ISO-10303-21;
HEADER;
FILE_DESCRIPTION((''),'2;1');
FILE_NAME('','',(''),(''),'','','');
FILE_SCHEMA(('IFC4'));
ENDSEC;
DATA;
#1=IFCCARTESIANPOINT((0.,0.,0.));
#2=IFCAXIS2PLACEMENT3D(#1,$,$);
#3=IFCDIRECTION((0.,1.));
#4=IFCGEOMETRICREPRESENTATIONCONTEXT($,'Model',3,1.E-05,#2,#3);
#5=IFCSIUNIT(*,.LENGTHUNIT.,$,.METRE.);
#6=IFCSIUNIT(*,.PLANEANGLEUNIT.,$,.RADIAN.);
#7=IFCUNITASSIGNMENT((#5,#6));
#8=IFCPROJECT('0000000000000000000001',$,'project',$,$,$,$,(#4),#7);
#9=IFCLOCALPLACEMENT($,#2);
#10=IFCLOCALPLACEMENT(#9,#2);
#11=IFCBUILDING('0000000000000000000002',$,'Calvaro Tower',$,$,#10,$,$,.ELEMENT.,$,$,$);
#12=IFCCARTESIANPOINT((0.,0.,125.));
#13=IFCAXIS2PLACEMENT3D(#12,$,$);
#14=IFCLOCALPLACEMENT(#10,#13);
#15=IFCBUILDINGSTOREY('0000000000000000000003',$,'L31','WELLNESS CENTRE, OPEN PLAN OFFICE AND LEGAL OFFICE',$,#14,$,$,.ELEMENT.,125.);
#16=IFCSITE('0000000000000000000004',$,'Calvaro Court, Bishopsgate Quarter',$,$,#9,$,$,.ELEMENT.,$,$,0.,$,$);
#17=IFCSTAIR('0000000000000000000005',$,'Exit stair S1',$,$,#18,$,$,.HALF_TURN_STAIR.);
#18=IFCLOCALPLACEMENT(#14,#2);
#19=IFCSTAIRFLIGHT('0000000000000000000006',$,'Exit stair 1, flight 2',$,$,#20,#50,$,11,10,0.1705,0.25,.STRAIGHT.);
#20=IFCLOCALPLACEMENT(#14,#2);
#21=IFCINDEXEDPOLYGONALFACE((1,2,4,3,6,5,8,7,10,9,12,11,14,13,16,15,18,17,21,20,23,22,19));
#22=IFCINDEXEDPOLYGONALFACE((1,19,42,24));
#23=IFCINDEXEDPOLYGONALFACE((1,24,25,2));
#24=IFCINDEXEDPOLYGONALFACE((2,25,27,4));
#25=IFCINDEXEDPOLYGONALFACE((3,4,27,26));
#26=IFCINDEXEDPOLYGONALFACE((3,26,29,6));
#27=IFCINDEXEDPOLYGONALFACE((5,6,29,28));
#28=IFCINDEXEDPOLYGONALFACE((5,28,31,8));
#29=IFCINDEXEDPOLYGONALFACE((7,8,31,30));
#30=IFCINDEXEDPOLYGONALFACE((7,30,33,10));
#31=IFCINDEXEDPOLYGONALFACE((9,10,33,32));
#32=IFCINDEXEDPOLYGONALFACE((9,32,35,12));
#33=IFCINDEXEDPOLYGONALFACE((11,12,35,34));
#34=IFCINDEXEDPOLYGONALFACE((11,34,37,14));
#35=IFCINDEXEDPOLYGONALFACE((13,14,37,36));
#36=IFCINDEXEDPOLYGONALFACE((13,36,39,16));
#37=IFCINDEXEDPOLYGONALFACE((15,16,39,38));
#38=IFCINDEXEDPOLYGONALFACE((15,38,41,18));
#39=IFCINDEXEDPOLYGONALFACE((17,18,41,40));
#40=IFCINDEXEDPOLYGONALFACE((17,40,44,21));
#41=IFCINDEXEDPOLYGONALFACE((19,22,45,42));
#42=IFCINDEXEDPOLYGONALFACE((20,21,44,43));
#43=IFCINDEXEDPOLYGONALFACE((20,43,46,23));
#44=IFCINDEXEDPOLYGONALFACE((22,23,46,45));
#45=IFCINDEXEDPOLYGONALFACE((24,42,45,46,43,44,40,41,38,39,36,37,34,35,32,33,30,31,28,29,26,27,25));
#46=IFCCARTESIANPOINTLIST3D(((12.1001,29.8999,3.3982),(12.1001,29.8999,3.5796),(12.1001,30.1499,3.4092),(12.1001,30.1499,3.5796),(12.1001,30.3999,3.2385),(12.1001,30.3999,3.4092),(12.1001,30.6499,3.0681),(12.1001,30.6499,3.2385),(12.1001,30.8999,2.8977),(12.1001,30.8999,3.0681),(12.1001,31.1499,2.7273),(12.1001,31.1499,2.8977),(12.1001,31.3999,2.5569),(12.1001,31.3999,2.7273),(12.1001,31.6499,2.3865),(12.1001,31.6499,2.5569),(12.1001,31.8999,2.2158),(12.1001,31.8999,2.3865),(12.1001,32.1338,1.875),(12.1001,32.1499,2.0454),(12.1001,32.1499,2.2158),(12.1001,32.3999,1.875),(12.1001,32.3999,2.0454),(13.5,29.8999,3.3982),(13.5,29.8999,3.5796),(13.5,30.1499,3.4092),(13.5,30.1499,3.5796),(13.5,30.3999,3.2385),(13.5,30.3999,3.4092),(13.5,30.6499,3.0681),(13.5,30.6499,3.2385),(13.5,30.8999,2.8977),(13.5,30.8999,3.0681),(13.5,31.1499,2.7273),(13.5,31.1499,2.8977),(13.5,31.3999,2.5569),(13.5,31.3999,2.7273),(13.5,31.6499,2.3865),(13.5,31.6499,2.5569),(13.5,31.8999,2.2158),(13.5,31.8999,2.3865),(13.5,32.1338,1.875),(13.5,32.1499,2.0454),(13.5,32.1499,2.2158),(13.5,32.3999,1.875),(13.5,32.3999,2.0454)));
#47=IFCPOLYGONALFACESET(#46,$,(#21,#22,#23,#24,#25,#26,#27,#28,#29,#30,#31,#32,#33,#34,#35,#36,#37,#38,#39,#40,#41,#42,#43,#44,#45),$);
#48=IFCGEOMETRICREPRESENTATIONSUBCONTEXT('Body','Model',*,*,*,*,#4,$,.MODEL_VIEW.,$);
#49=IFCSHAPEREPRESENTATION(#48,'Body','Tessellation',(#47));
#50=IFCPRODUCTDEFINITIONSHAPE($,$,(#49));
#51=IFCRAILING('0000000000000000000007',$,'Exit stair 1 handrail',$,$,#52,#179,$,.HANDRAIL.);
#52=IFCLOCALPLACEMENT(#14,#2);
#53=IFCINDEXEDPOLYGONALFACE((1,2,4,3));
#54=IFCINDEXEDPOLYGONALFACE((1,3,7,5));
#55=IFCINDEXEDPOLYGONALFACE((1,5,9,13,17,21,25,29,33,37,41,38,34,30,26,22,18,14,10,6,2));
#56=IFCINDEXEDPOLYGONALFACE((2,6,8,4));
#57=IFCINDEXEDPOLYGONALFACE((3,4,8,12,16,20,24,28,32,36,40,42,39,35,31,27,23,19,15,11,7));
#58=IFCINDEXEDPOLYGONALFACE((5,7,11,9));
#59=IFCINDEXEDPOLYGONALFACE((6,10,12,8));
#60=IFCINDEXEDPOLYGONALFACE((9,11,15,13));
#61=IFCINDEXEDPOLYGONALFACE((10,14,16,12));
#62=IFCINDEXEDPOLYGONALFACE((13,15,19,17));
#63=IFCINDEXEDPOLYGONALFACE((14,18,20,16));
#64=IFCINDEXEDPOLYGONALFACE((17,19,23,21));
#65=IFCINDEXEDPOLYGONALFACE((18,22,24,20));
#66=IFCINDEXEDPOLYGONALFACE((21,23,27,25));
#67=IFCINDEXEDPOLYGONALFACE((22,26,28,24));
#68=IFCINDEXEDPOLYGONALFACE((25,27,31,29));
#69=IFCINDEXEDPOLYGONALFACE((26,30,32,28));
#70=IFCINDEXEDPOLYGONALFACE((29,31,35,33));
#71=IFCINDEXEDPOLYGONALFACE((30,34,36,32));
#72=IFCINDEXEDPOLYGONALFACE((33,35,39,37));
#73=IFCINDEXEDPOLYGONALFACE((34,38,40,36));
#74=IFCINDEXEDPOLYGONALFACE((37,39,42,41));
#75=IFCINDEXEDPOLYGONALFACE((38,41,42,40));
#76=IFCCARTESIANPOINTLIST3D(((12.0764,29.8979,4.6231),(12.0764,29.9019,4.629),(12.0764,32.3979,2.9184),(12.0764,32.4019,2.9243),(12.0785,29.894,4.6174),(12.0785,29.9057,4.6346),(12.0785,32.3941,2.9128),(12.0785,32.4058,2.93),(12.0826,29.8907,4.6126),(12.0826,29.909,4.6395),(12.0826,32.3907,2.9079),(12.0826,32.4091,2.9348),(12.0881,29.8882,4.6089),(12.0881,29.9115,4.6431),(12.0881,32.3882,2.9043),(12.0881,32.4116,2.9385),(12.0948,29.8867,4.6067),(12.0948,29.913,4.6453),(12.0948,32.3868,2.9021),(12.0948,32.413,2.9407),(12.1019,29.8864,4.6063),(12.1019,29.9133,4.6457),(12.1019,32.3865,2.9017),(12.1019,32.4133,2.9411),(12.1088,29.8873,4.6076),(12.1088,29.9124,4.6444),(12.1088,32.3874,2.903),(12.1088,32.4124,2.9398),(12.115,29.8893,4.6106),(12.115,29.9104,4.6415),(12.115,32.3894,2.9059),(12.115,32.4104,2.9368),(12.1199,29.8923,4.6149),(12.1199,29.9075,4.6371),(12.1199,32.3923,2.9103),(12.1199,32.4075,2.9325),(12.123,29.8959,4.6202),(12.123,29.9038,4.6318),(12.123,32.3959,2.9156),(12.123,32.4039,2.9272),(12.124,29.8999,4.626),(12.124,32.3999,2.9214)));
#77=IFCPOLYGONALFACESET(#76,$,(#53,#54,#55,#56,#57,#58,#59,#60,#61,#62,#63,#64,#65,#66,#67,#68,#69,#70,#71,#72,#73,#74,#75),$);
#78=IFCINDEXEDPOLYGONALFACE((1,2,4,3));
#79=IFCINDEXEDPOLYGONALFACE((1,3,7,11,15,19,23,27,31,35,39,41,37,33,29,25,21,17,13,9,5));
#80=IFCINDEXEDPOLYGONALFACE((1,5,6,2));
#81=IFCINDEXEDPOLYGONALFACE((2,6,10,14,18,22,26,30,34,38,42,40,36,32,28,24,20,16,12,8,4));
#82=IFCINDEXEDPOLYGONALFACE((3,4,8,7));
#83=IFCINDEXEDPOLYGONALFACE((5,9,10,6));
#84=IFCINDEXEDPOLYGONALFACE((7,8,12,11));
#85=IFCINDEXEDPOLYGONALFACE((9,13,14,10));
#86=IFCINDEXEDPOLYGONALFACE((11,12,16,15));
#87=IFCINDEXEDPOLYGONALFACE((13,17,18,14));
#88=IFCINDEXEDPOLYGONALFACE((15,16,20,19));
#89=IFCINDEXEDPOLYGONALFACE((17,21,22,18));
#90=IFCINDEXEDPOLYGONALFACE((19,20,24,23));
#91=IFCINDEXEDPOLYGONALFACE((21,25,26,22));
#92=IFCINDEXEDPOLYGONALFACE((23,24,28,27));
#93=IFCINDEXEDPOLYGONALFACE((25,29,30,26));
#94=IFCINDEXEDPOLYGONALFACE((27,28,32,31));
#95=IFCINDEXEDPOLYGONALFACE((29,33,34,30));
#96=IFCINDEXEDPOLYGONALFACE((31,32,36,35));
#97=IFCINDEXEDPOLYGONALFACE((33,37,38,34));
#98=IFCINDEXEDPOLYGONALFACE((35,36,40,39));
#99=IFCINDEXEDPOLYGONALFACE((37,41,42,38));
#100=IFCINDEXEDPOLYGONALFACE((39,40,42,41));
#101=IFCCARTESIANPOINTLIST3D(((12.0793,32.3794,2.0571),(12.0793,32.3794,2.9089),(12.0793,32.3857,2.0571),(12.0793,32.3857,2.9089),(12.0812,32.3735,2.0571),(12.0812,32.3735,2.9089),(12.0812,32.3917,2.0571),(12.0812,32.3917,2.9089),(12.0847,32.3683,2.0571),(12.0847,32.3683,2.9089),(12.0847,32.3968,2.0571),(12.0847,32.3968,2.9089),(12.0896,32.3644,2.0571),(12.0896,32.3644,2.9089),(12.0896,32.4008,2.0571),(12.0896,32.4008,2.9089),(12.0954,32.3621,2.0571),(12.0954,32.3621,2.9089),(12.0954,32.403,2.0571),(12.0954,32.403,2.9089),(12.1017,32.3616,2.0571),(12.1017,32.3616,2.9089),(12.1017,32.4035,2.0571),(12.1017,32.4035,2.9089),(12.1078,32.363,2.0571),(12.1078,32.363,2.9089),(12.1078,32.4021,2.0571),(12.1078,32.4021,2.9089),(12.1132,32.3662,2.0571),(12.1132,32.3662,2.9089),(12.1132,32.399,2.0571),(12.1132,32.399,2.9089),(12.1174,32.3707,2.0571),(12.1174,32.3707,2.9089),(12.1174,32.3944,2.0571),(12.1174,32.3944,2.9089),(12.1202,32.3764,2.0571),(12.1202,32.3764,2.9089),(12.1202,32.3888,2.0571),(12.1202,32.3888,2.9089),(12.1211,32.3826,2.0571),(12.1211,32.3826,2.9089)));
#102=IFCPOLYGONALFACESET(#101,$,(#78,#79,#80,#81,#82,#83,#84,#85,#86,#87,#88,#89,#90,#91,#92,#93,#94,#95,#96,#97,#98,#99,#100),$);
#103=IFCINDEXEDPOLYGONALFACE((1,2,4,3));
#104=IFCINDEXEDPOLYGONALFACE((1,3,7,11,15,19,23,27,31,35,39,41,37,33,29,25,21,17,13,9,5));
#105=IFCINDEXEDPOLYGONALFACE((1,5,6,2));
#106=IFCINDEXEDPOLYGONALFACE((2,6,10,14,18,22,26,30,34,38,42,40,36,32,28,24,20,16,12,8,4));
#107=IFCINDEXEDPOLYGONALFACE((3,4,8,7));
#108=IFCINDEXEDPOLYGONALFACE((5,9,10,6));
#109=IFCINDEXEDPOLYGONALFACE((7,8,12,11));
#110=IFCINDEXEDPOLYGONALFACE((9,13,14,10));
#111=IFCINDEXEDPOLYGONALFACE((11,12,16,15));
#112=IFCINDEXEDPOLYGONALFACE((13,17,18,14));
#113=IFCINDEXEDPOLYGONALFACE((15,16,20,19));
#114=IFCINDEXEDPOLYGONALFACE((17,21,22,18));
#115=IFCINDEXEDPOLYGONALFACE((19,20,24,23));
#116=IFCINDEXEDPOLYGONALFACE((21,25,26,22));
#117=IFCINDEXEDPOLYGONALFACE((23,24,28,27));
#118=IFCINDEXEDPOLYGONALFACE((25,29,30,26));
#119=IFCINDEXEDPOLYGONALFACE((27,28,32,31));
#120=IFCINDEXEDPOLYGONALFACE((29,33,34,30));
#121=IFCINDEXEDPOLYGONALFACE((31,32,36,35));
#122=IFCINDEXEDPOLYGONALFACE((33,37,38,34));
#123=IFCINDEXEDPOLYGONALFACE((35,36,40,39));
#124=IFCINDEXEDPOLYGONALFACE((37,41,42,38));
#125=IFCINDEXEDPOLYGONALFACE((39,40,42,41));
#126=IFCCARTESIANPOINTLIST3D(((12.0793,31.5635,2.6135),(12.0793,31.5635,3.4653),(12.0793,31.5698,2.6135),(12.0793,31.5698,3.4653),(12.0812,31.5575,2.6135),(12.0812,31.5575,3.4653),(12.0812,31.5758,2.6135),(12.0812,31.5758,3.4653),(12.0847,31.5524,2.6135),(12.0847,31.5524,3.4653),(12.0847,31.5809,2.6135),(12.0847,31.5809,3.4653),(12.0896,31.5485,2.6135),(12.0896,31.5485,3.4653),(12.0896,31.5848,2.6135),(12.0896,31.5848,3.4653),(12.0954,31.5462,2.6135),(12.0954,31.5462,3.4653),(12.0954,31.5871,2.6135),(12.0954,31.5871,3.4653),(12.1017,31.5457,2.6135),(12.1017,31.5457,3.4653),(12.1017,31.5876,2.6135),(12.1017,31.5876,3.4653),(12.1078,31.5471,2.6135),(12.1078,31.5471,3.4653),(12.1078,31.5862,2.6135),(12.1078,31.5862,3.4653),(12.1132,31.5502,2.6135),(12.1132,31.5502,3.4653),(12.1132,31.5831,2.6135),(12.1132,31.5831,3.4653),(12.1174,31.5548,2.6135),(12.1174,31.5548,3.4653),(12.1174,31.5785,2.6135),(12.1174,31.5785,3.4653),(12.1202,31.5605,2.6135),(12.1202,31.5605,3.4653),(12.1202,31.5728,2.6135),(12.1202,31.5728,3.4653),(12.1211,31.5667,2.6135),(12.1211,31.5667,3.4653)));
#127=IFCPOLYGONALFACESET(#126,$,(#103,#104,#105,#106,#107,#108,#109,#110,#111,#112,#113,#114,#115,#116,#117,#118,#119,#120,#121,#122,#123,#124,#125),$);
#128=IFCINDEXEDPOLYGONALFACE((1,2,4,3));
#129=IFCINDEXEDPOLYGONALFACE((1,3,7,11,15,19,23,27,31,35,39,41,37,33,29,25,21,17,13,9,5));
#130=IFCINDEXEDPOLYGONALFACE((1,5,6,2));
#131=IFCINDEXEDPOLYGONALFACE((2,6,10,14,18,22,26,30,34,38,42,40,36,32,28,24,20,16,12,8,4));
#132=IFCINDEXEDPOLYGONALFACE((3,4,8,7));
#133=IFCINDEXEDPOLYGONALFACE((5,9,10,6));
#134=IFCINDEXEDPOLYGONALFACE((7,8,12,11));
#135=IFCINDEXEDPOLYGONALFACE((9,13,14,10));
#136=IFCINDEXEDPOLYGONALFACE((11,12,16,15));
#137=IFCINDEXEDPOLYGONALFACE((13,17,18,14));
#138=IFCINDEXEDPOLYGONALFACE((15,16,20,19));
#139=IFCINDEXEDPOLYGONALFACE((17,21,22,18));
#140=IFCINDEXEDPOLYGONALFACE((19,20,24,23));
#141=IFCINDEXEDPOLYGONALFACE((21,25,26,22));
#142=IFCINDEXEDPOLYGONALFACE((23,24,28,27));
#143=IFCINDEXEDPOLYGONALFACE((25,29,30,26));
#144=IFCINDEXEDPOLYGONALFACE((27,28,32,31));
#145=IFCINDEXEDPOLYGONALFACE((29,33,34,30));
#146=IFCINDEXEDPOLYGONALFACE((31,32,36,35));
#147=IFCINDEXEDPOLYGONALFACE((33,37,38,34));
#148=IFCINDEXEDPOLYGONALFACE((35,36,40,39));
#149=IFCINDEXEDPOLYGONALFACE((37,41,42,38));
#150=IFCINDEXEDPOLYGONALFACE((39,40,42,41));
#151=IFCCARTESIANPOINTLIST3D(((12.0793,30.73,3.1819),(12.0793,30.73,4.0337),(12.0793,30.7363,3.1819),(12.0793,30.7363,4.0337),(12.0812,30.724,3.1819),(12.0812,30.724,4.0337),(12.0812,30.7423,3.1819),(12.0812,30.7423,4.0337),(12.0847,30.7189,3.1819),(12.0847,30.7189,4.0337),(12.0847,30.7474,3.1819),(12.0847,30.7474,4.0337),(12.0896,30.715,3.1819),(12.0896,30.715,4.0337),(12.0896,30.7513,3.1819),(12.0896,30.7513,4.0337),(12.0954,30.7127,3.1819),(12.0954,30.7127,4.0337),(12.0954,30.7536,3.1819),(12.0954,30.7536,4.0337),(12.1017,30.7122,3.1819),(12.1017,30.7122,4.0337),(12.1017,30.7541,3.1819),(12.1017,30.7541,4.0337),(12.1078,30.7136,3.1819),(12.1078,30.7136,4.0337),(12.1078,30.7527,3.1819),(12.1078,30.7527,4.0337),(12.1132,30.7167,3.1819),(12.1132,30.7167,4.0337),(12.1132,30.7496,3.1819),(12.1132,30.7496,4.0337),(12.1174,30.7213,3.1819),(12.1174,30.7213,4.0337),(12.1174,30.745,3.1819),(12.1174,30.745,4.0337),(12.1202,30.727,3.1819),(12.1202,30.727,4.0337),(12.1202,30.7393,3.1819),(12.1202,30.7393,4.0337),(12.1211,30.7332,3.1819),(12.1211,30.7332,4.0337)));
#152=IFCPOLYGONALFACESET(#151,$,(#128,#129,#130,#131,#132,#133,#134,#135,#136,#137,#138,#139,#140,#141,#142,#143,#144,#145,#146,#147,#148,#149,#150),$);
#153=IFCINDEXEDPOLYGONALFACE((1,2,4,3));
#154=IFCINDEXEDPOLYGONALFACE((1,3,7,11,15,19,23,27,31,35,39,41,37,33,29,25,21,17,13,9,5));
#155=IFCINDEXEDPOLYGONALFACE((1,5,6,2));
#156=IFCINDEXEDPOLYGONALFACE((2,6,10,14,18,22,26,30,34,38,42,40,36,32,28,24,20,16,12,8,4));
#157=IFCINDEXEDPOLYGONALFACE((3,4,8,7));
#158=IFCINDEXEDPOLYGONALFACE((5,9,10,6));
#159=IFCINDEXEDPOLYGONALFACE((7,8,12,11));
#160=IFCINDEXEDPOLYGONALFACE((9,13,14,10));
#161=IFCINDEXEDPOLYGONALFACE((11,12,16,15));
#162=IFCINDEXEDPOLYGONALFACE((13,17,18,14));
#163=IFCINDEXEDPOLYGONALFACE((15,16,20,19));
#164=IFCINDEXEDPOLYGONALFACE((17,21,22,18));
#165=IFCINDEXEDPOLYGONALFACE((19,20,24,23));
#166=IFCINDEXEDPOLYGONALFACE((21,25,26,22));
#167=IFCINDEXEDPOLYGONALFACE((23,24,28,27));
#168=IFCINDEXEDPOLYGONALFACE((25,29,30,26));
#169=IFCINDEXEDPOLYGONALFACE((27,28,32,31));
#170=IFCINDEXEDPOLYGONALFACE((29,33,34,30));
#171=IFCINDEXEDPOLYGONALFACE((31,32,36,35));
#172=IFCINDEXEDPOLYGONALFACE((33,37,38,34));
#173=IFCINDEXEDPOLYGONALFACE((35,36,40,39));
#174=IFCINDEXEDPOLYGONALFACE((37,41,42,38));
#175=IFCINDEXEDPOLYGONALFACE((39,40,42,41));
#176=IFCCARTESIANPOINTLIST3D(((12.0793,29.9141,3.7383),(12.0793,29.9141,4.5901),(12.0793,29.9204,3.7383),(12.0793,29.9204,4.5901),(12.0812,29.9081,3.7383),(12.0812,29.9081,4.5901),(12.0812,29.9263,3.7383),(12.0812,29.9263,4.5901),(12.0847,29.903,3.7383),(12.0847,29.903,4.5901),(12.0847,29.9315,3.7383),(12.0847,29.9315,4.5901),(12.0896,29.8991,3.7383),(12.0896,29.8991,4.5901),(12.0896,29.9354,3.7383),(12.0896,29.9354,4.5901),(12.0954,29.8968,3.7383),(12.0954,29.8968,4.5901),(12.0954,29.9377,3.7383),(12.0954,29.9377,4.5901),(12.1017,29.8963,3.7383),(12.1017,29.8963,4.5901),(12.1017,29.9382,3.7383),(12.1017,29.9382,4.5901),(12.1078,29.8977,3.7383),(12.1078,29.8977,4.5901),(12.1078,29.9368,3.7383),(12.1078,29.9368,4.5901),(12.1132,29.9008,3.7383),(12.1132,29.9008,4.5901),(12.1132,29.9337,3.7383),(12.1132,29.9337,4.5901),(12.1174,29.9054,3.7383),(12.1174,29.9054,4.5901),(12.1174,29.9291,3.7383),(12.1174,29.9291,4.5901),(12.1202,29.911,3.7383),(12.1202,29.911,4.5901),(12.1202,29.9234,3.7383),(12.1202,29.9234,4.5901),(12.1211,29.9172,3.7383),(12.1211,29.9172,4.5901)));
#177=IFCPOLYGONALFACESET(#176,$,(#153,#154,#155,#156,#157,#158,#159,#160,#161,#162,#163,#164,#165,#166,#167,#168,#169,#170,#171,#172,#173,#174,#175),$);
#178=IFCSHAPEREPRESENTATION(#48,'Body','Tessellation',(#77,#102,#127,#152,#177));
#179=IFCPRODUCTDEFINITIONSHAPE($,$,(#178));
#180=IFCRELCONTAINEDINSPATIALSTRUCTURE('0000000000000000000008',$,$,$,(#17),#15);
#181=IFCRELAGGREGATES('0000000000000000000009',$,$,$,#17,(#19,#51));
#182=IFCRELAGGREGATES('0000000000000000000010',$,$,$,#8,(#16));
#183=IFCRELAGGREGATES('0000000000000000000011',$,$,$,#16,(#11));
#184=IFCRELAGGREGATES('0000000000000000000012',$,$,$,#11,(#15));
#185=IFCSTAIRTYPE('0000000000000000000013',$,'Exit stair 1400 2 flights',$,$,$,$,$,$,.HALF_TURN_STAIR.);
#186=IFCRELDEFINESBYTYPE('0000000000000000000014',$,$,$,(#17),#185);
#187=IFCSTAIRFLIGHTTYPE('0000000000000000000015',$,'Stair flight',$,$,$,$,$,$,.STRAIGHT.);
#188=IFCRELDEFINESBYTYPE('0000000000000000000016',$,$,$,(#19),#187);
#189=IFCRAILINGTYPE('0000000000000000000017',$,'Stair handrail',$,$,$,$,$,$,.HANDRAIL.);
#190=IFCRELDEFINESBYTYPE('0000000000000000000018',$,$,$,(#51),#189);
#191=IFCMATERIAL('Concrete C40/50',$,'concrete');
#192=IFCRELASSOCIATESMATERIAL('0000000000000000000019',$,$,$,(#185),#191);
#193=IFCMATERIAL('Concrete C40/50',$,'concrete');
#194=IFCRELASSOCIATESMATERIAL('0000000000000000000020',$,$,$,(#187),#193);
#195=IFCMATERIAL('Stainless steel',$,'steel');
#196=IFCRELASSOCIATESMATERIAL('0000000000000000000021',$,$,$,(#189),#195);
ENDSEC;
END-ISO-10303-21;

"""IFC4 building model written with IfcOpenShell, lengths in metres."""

from ifc_helpers import new_model, si_unit, direction, frame, origin, origin_2d, place, context, subcontext, project, spatial, polyline, circle, outline, extrude, material, type_object, element, aggregate, save


model = new_model("IFC4")

# Units and contexts
model_context = context("Model", 3, precision=1e-05, world=origin(), true_north=direction((0.0, 1.0)))
body_context = subcontext(model_context, "Body", "Model", "MODEL_VIEW")
ifc_project = project(units=[si_unit("LENGTHUNIT", "METRE"), si_unit("PLANEANGLEUNIT", "RADIAN")], contexts=[model_context])

# Site, building, storey
site_placement = place(None, origin())
site = spatial("IfcSite", under=ifc_project, at=site_placement, Name="Calvaro Court, Bishopsgate Quarter", CompositionType="ELEMENT", RefElevation=0.0)
building_placement = place(site_placement, origin())
building = spatial("IfcBuilding", under=site, at=building_placement, Name="Calvaro Tower", CompositionType="ELEMENT")
storey_placement = place(building_placement, frame((0.0, 0.0, 125.0)))
storey = spatial("IfcBuildingStorey", under=building, at=storey_placement, Name="L31", Description="WELLNESS CENTRE, OPEN PLAN OFFICE AND LEGAL OFFICE", CompositionType="ELEMENT", Elevation=125.0)

# Stair, stair flight, railing
ifc_material_1 = material(Name="Concrete C40/50", Category="concrete")
stair_type = type_object("IfcStairType", Name="Exit stair 1400 2 flights", PredefinedType="HALF_TURN_STAIR", material=ifc_material_1)
stair_placement = place(storey_placement, origin())
stair = element("IfcStair", 1, at=stair_placement, inside=storey, type_object=stair_type, Name="Exit stair S1", PredefinedType="HALF_TURN_STAIR")
ifc_material_2 = material(Name="Concrete C40/50", Category="concrete")
stair_flight_type = type_object("IfcStairFlightType", Name="Stair flight", PredefinedType="STRAIGHT", material=ifc_material_2)
stair_flight_placement = place(storey_placement, frame((12.8, 32.3999, 1.875), z_axis=(0.0, 0.0, 1.0), x_axis=(0.0, -1.0, 0.0)))
stair_flight = element("IfcStairFlight", 2, at=stair_flight_placement, type_object=stair_flight_type, Name="Exit stair 1, flight 2", NumberOfRisers=11, NumberOfTreads=10, PredefinedType="STRAIGHT", RiserHeight=0.1705, TreadLength=0.25, context=body_context, shape_type="SweptSolid", body=[
    extrude(outline(polyline([(0.0, 0.0), (0.0, 0.1704), (0.25, 0.1704), (0.25, 0.3408), (0.5, 0.3408), (0.5, 0.5115), (0.75, 0.5115), (0.75, 0.6819), (1.0, 0.6819), (1.0, 0.8523), (1.25, 0.8523), (1.25, 1.0227), (1.5, 1.0227), (1.5, 1.1931), (1.75, 1.1931), (1.75, 1.3635), (2.0, 1.3635), (2.0, 1.5342), (2.25, 1.5342), (2.25, 1.7046), (2.5, 1.7046), (2.5, 1.875), (2.5, 1.5232), (0.2661, 0.0), (0.0, 0.0)])), frame((0.0, 0.7, 0.0), z_axis=(0.0, -1.0, 0.0), x_axis=(1.0, 0.0, 0.0)), (0.0, 0.0, 1.0), 1.3999),
])
ifc_material_3 = material(Name="Stainless steel", Category="steel")
railing_type = type_object("IfcRailingType", Name="Stair handrail", PredefinedType="HANDRAIL", material=ifc_material_3)
railing_1_placement = place(storey_placement, frame((12.1001, 32.3999, 2.0454)))
railing_1 = element("IfcRailing", 3, at=railing_1_placement, type_object=railing_type, Name="Exit stair 1 handrail", PredefinedType="HANDRAIL", context=body_context, shape_type="SweptSolid", body=[
    extrude(circle(Radius=0.0239, at=origin_2d()), frame((0.0, 0.0, 0.876), z_axis=(0.0, -0.826221, 0.563347), x_axis=(1.0, 0.0, 0.0)), (0.0, 0.0, 1.0), 3.0259),
    extrude(circle(Radius=0.021, at=origin_2d()), frame((0.0, -0.0173, 0.0117)), (0.0, 0.0, 1.0), 0.8518),
    extrude(circle(Radius=0.021, at=origin_2d()), frame((0.0, -0.8333, 0.5681)), (0.0, 0.0, 1.0), 0.8518),
    extrude(circle(Radius=0.021, at=origin_2d()), frame((0.0, -1.6667, 1.1365)), (0.0, 0.0, 1.0), 0.8518),
    extrude(circle(Radius=0.021, at=origin_2d()), frame((0.0, -2.4827, 1.6929)), (0.0, 0.0, 1.0), 0.8518),
])
aggregate(stair, [stair_flight, railing_1])

save(model, "model.ifc")
